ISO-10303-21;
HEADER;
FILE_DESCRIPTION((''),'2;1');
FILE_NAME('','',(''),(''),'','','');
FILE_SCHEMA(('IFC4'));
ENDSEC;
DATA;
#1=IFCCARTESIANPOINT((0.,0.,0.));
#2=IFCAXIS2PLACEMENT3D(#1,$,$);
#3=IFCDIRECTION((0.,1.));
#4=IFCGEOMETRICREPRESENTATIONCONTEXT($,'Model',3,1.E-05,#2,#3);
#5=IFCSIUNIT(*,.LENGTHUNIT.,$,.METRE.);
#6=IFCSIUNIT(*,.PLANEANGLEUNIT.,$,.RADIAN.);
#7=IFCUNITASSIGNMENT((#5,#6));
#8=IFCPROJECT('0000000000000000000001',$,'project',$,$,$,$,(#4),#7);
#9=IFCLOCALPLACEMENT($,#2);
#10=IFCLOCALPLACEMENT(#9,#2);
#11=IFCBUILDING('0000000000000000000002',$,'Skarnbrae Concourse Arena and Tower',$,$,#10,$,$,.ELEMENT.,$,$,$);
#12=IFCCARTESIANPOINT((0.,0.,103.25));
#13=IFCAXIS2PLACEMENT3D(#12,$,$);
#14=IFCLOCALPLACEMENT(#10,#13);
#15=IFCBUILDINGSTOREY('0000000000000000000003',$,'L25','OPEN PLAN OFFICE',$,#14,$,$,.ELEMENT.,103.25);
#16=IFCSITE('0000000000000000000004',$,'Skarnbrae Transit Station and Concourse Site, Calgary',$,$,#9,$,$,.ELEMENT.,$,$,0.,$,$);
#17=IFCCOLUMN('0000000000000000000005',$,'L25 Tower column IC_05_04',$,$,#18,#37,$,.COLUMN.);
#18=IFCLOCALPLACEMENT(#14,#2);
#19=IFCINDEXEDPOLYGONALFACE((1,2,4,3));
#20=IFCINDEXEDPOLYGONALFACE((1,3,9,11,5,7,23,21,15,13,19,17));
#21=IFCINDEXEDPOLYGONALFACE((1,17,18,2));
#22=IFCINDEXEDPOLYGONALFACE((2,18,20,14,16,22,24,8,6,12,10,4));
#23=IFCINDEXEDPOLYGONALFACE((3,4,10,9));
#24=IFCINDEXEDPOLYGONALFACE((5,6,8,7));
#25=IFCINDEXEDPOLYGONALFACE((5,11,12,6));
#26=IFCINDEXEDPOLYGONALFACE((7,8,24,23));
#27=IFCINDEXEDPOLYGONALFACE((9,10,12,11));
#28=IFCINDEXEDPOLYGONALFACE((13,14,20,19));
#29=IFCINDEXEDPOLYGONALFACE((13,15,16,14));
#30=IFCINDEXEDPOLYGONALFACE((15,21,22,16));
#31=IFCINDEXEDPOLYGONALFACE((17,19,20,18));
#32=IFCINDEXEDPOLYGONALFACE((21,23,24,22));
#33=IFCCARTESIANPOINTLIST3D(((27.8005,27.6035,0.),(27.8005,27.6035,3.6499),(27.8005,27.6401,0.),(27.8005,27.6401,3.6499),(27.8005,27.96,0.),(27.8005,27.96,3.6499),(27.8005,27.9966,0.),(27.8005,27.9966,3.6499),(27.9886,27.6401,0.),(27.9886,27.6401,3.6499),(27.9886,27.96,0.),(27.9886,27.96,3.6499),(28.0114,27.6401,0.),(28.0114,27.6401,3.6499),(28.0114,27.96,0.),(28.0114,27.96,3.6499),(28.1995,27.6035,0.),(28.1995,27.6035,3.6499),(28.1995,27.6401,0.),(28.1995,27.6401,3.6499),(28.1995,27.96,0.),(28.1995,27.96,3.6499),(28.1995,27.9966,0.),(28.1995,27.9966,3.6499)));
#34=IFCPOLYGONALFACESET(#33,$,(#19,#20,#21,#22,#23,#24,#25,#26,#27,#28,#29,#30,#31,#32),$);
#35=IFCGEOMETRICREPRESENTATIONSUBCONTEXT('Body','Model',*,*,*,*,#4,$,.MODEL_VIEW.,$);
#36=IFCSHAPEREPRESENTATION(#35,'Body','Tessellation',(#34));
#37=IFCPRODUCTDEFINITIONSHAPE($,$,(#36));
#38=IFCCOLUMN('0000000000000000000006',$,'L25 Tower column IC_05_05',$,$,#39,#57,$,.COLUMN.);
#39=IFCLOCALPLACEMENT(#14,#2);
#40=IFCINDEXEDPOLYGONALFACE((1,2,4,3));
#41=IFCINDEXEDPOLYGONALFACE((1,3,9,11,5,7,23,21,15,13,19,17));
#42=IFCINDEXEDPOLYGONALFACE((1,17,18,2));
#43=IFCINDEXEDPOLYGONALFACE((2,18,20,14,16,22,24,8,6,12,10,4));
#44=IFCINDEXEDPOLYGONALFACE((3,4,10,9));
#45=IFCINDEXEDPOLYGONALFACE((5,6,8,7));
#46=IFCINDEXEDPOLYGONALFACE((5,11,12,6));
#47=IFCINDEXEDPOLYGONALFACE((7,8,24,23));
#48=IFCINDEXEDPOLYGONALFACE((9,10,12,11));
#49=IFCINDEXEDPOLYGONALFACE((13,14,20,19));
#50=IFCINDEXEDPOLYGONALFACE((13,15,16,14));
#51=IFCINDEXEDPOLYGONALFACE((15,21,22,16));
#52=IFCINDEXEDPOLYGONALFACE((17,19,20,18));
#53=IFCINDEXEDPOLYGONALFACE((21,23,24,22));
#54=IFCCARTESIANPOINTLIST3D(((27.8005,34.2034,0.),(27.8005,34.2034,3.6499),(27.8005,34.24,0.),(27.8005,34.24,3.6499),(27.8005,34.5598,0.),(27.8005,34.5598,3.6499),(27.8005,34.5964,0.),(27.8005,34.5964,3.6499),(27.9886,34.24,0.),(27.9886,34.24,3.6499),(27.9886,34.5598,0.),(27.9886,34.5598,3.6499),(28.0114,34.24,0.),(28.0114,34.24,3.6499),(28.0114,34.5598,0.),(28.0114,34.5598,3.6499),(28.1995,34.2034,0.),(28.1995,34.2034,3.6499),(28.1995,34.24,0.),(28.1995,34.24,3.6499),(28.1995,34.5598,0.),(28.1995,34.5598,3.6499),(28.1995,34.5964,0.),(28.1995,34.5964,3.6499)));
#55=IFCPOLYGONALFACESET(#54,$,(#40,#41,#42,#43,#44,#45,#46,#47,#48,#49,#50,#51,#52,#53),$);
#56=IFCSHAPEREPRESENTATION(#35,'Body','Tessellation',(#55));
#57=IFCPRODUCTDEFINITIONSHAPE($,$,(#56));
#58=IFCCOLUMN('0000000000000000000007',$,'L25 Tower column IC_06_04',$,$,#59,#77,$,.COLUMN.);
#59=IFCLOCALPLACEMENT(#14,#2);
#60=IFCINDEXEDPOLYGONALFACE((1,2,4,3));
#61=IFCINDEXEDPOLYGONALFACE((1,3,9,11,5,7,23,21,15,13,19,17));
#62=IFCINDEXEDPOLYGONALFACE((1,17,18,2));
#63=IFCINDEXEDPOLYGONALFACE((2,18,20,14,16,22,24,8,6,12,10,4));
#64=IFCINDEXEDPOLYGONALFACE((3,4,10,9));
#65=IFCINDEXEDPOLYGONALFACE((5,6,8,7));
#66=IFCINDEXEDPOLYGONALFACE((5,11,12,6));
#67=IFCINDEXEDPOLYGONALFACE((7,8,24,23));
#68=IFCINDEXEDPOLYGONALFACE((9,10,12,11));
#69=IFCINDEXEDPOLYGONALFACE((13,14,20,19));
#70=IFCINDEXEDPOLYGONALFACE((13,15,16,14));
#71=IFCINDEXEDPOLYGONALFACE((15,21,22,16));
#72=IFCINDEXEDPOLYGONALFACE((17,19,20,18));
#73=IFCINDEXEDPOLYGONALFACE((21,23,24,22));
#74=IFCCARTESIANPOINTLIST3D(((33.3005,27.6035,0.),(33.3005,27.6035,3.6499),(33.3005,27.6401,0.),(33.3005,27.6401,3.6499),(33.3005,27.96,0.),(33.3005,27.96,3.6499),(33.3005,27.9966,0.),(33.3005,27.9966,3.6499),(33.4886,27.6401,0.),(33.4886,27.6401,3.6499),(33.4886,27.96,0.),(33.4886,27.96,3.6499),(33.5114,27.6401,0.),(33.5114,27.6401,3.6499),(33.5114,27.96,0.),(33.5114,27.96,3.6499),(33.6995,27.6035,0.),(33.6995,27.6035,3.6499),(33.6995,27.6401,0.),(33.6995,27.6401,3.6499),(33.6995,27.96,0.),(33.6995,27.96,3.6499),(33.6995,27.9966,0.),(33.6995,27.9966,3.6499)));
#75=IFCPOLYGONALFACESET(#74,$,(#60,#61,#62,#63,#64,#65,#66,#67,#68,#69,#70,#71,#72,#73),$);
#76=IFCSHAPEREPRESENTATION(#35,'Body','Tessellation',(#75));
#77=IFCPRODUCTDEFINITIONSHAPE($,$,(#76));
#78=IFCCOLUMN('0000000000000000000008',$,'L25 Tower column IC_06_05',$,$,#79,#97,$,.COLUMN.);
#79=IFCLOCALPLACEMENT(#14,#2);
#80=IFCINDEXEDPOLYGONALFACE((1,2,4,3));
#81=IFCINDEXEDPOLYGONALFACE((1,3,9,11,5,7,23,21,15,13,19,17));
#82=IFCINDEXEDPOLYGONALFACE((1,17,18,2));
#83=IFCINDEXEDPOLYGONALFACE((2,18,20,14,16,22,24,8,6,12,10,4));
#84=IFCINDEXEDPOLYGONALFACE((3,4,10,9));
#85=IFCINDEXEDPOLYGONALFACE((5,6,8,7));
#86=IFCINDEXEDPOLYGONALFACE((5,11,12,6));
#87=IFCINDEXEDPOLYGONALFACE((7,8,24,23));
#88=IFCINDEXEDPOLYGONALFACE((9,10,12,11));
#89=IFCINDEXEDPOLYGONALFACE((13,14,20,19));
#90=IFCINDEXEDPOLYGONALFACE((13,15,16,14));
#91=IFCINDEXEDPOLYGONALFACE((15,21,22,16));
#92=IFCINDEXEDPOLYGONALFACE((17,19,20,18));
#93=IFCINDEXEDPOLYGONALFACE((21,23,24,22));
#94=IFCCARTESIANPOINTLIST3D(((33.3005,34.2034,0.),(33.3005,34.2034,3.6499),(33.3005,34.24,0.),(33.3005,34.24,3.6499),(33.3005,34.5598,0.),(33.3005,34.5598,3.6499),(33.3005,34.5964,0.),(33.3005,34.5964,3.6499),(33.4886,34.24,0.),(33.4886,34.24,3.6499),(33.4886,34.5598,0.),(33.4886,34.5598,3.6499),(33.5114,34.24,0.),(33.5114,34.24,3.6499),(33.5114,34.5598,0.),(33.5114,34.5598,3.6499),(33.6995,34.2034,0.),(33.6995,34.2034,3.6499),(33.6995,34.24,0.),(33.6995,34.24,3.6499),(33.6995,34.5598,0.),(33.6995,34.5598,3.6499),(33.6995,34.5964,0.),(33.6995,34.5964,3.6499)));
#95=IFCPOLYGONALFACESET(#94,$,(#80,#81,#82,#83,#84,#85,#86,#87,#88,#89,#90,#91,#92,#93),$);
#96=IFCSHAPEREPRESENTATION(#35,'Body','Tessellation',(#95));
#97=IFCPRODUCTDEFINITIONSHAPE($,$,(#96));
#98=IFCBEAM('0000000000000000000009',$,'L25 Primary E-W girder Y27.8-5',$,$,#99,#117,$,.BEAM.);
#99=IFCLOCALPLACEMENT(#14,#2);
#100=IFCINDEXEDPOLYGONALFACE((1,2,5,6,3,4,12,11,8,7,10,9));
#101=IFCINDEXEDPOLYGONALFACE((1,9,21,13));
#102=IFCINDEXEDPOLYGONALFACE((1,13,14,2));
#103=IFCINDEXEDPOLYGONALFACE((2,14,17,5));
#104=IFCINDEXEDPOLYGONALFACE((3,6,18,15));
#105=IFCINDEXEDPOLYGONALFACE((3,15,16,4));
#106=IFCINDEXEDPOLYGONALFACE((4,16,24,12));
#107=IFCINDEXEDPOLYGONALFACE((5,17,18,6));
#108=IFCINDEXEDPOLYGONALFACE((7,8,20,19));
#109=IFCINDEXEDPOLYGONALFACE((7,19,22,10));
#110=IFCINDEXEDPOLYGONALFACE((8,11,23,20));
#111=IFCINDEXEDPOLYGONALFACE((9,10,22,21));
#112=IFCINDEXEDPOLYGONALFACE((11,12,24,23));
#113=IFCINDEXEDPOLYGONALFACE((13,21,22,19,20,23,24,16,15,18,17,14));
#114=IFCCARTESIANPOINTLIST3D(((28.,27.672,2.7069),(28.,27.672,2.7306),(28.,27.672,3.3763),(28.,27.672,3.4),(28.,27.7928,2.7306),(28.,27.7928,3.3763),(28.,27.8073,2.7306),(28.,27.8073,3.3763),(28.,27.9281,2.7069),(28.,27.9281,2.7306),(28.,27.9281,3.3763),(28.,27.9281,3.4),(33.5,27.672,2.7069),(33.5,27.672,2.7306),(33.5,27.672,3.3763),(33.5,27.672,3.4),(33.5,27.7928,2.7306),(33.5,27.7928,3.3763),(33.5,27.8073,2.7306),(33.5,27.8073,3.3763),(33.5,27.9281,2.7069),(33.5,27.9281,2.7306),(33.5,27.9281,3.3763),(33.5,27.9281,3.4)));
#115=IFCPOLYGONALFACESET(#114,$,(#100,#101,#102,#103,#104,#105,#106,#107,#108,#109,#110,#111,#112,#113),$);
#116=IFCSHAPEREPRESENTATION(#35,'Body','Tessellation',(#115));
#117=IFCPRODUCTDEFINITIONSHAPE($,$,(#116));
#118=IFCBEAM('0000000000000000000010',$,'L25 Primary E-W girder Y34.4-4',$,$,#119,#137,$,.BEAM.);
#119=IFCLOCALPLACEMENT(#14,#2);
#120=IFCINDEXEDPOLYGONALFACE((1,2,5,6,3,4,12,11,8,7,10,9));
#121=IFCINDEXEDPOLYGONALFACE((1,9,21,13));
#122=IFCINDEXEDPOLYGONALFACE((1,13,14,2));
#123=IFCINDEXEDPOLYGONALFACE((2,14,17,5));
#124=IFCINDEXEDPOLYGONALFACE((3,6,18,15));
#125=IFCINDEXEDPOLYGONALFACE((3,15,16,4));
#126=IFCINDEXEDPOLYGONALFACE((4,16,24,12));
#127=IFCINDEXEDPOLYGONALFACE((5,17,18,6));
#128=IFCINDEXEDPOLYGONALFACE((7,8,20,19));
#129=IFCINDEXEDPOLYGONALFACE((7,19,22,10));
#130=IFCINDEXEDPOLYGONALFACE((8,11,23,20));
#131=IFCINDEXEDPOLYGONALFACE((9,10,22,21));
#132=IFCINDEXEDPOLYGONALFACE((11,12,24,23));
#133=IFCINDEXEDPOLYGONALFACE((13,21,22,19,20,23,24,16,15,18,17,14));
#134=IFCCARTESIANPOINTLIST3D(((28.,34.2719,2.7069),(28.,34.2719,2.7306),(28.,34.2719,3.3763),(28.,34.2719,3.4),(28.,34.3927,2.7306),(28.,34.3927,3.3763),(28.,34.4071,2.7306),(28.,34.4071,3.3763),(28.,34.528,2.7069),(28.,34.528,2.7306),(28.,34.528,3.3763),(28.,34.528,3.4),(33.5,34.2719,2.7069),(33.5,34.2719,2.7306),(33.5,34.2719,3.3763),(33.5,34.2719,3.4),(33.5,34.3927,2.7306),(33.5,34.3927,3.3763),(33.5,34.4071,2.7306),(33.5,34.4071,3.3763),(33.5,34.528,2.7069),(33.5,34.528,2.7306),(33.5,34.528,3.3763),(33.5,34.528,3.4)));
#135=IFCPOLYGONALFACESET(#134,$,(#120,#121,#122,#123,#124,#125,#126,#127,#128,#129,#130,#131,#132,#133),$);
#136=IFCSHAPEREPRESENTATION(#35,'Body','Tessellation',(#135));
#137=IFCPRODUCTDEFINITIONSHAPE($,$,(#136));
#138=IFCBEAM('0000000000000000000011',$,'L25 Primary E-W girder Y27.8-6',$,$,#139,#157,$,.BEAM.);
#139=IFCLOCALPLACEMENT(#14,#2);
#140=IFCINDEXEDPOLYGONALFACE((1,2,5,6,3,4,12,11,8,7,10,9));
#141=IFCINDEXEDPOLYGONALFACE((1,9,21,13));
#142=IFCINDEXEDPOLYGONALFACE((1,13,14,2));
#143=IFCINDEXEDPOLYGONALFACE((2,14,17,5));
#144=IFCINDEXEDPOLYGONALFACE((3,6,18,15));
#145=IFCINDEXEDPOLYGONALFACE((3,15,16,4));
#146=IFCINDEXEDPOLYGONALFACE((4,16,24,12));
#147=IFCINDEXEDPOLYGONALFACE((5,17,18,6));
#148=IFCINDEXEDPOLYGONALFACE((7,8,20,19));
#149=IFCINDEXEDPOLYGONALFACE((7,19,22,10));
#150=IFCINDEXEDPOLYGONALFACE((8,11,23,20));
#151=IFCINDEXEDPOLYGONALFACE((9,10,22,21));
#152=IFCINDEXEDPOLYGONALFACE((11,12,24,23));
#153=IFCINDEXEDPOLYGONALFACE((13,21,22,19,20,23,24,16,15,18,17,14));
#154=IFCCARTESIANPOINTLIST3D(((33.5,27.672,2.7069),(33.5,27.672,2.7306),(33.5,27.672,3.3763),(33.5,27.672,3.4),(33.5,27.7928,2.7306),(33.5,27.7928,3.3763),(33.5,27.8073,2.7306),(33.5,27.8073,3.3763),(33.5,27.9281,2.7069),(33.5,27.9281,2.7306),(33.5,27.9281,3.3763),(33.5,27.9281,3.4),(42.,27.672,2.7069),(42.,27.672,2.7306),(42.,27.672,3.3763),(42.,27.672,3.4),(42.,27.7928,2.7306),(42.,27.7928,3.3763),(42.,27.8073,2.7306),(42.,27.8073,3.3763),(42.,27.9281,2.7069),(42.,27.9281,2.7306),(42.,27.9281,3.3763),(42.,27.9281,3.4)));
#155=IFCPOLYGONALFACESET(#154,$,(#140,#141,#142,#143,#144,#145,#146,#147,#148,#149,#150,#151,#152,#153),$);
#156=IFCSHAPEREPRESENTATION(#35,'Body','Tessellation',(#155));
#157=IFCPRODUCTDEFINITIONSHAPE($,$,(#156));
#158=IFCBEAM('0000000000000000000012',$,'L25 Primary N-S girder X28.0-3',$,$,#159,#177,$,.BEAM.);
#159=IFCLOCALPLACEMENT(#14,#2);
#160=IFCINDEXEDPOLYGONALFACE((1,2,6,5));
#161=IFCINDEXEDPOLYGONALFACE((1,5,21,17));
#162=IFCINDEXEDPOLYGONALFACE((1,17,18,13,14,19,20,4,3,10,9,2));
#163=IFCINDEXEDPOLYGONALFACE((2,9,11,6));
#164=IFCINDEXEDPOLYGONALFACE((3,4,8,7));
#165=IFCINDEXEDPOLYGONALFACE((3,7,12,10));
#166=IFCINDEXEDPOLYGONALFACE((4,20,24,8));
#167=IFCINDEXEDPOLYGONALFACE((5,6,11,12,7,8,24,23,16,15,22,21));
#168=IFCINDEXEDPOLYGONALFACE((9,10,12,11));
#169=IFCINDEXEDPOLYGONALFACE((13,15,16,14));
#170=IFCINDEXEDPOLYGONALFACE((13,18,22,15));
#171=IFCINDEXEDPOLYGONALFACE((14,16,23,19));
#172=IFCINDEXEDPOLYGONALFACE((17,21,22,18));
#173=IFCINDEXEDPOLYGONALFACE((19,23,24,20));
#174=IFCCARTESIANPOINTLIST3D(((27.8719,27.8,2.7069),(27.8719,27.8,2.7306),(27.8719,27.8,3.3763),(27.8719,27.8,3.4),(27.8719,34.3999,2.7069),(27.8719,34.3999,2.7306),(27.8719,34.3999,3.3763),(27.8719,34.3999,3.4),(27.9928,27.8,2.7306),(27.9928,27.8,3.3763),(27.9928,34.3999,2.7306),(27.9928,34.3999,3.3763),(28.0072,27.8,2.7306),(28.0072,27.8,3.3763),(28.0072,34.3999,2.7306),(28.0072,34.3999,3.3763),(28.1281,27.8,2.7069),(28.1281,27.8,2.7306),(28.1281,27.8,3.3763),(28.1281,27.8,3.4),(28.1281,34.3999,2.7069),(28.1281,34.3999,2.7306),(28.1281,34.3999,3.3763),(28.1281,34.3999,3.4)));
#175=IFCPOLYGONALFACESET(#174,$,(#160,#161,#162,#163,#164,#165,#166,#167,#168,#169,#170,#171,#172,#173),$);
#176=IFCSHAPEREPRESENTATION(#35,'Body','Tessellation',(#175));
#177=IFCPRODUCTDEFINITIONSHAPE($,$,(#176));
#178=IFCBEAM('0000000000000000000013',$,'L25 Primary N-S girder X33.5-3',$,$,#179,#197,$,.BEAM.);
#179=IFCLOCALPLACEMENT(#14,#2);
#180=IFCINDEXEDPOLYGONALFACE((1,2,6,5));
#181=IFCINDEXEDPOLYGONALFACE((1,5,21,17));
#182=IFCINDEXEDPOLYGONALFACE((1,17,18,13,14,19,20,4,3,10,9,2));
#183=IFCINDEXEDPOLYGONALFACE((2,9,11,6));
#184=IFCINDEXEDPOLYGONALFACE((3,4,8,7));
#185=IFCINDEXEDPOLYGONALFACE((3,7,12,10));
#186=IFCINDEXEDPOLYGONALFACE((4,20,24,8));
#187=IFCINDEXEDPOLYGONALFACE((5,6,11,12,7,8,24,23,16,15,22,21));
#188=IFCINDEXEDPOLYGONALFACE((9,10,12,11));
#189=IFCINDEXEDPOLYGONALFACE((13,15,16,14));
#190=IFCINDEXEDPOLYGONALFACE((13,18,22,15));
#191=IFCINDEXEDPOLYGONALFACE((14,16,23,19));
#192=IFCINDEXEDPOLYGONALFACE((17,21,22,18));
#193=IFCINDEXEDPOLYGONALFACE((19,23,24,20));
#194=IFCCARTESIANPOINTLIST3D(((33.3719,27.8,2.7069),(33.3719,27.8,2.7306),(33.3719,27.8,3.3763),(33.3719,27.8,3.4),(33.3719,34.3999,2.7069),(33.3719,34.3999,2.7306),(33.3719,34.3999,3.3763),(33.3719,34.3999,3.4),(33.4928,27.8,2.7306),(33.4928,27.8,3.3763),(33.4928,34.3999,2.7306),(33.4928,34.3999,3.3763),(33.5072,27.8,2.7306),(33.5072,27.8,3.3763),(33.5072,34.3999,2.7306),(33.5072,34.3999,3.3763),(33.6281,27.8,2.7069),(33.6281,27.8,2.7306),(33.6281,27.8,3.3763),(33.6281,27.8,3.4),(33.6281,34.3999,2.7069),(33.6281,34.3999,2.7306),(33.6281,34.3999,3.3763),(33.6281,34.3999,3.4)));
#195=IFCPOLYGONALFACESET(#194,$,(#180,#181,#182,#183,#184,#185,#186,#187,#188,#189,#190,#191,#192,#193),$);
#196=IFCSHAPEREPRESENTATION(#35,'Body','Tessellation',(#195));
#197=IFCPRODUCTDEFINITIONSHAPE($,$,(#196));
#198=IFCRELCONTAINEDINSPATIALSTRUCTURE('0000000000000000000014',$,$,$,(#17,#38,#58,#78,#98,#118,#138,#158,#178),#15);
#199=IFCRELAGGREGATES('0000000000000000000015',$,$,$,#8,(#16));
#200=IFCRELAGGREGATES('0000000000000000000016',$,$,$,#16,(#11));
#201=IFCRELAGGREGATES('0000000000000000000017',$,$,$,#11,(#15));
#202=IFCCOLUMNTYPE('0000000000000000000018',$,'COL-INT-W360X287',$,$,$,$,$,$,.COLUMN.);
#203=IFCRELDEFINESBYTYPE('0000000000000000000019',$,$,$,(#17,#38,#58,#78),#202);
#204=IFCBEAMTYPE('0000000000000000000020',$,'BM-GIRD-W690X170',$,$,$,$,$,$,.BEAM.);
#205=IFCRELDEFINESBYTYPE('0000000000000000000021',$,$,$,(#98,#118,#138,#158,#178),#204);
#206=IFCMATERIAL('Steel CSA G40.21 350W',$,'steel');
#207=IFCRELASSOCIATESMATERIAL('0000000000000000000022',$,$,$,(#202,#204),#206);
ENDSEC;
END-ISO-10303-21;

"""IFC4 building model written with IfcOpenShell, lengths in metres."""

from ifc_helpers import new_model, si_unit, direction, frame, origin, origin_2d, place, context, subcontext, project, spatial, i_section, extrude, source, transform, mapped, material, material_profile, profile_set, type_object, element, save


model = new_model("IFC4")

# Units and contexts
model_context = context("Model", 3, precision=1e-05, world=origin(), true_north=direction((0.0, 1.0)))
body_context = subcontext(model_context, "Body", "Model", "MODEL_VIEW")
ifc_project = project(units=[si_unit("LENGTHUNIT", "METRE"), si_unit("PLANEANGLEUNIT", "RADIAN")], contexts=[model_context])

# Site, building, storey
site_placement = place(None, origin())
site = spatial("IfcSite", under=ifc_project, at=site_placement, Name="Skarnbrae Transit Station and Concourse Site, Calgary", CompositionType="ELEMENT", RefElevation=0.0)
building_placement = place(site_placement, origin())
building = spatial("IfcBuilding", under=site, at=building_placement, Name="Skarnbrae Concourse Arena and Tower", CompositionType="ELEMENT")
storey_placement = place(building_placement, frame((0.0, 0.0, 103.25)))
storey = spatial("IfcBuildingStorey", under=building, at=storey_placement, Name="L25", Description="OPEN PLAN OFFICE", CompositionType="ELEMENT", Elevation=103.25)

# Columns
ifc_material_1 = material(Name="Steel CSA G40.21 350W", Category="steel")
ifc_material_profile_1 = material_profile(ifc_material_1, i_section(OverallWidth=0.3989, OverallDepth=0.3931, WebThickness=0.0227, FlangeThickness=0.0366, at=origin_2d()), Name="W360X287")
ifc_profile_set_1 = profile_set([ifc_material_profile_1], Name="Steel CSA G40.21 350W")
column_type = type_object("IfcColumnType", Name="COL-INT-W360X287", PredefinedType="COLUMN", material=ifc_profile_set_1)
shared_shape_1 = source(origin(), body_context, "Body", "SweptSolid", [
    extrude(i_section(OverallWidth=0.3989, OverallDepth=0.3931, WebThickness=0.0227, FlangeThickness=0.0366, at=origin_2d()), origin(), (0.0, 0.0, 1.0), 3.6499),
])
for number, where, z_axis, x_axis, name in (
    (1, (28.0, 27.8, 0.0), (0.0, 0.0, 1.0), (1.0, 0.0, 0.0), "L25 Tower column IC_05_04"),
    (2, (28.0, 34.3999, 0.0), (0.0, 0.0, 1.0), (1.0, 0.0, 0.0), "L25 Tower column IC_05_05"),
    (3, (33.5, 27.8, 0.0), (0.0, 0.0, 1.0), (1.0, 0.0, 0.0), "L25 Tower column IC_06_04"),
    (4, (33.5, 34.3999, 0.0), (0.0, 0.0, 1.0), (1.0, 0.0, 0.0), "L25 Tower column IC_06_05"),
):
    element("IfcColumn", number, at=place(storey_placement, frame(where, z_axis=z_axis, x_axis=x_axis)), inside=storey, type_object=column_type, Name=name, PredefinedType="COLUMN", context=body_context, shape_type="MappedRepresentation", body=[
        mapped(shared_shape_1, transform((0.0, 0.0, 0.0))),
    ])

# Beams
ifc_material_profile_2 = material_profile(ifc_material_1, i_section(OverallWidth=0.2561, OverallDepth=0.6931, WebThickness=0.0144, FlangeThickness=0.0237, at=origin_2d()), Name="W690X170")
ifc_profile_set_2 = profile_set([ifc_material_profile_2], Name="Steel CSA G40.21 350W")
beam_type_1 = type_object("IfcBeamType", Name="BM-GIRD-W690X170", PredefinedType="BEAM", material=ifc_profile_set_2)
shared_shape_2 = source(origin(), body_context, "Body", "SweptSolid", [
    extrude(i_section(OverallWidth=0.2561, OverallDepth=0.6931, WebThickness=0.0144, FlangeThickness=0.0237, at=origin_2d()), origin(), (0.0, 0.0, 1.0), 5.5),
])
for number, where, z_axis, x_axis, name in (
    (5, (28.0, 27.8, 3.0535), (1.0, 0.0, 0.0), (0.0, 1.0, 0.0), "L25 Primary E-W girder Y27.8-5"),
    (6, (28.0, 34.3999, 3.0535), (1.0, 0.0, 0.0), (0.0, 1.0, 0.0), "L25 Primary E-W girder Y34.4-4"),
):
    element("IfcBeam", number, at=place(storey_placement, frame(where, z_axis=z_axis, x_axis=x_axis)), inside=storey, type_object=beam_type_1, Name=name, PredefinedType="BEAM", context=body_context, shape_type="MappedRepresentation", body=[
        mapped(shared_shape_2, transform((0.0, 0.0, 0.0))),
    ])
shared_shape_3 = source(origin(), body_context, "Body", "SweptSolid", [
    extrude(i_section(OverallWidth=0.2561, OverallDepth=0.6931, WebThickness=0.0144, FlangeThickness=0.0237, at=origin_2d()), origin(), (0.0, 0.0, 1.0), 8.5),
])
beam_1_placement = place(storey_placement, frame((33.5, 27.8, 3.0535), z_axis=(1.0, 0.0, 0.0), x_axis=(0.0, 1.0, 0.0)))
element("IfcBeam", 7, at=beam_1_placement, inside=storey, type_object=beam_type_1, Name="L25 Primary E-W girder Y27.8-6", PredefinedType="BEAM", context=body_context, shape_type="MappedRepresentation", body=[
    mapped(shared_shape_3, transform((0.0, 0.0, 0.0))),
])
shared_shape_4 = source(origin(), body_context, "Body", "SweptSolid", [
    extrude(i_section(OverallWidth=0.2561, OverallDepth=0.6931, WebThickness=0.0144, FlangeThickness=0.0237, at=origin_2d()), origin(), (0.0, 0.0, 1.0), 6.5999),
])
for number, where, z_axis, x_axis, name in (
    (8, (28.0, 27.8, 3.0535), (0.0, 1.0, 0.0), (-1.0, 0.0, 0.0), "L25 Primary N-S girder X28.0-3"),
    (9, (33.5, 27.8, 3.0535), (0.0, 1.0, 0.0), (-1.0, 0.0, 0.0), "L25 Primary N-S girder X33.5-3"),
):
    element("IfcBeam", number, at=place(storey_placement, frame(where, z_axis=z_axis, x_axis=x_axis)), inside=storey, type_object=beam_type_1, Name=name, PredefinedType="BEAM", context=body_context, shape_type="MappedRepresentation", body=[
        mapped(shared_shape_4, transform((0.0, 0.0, 0.0))),
    ])

save(model, "model.ifc")
